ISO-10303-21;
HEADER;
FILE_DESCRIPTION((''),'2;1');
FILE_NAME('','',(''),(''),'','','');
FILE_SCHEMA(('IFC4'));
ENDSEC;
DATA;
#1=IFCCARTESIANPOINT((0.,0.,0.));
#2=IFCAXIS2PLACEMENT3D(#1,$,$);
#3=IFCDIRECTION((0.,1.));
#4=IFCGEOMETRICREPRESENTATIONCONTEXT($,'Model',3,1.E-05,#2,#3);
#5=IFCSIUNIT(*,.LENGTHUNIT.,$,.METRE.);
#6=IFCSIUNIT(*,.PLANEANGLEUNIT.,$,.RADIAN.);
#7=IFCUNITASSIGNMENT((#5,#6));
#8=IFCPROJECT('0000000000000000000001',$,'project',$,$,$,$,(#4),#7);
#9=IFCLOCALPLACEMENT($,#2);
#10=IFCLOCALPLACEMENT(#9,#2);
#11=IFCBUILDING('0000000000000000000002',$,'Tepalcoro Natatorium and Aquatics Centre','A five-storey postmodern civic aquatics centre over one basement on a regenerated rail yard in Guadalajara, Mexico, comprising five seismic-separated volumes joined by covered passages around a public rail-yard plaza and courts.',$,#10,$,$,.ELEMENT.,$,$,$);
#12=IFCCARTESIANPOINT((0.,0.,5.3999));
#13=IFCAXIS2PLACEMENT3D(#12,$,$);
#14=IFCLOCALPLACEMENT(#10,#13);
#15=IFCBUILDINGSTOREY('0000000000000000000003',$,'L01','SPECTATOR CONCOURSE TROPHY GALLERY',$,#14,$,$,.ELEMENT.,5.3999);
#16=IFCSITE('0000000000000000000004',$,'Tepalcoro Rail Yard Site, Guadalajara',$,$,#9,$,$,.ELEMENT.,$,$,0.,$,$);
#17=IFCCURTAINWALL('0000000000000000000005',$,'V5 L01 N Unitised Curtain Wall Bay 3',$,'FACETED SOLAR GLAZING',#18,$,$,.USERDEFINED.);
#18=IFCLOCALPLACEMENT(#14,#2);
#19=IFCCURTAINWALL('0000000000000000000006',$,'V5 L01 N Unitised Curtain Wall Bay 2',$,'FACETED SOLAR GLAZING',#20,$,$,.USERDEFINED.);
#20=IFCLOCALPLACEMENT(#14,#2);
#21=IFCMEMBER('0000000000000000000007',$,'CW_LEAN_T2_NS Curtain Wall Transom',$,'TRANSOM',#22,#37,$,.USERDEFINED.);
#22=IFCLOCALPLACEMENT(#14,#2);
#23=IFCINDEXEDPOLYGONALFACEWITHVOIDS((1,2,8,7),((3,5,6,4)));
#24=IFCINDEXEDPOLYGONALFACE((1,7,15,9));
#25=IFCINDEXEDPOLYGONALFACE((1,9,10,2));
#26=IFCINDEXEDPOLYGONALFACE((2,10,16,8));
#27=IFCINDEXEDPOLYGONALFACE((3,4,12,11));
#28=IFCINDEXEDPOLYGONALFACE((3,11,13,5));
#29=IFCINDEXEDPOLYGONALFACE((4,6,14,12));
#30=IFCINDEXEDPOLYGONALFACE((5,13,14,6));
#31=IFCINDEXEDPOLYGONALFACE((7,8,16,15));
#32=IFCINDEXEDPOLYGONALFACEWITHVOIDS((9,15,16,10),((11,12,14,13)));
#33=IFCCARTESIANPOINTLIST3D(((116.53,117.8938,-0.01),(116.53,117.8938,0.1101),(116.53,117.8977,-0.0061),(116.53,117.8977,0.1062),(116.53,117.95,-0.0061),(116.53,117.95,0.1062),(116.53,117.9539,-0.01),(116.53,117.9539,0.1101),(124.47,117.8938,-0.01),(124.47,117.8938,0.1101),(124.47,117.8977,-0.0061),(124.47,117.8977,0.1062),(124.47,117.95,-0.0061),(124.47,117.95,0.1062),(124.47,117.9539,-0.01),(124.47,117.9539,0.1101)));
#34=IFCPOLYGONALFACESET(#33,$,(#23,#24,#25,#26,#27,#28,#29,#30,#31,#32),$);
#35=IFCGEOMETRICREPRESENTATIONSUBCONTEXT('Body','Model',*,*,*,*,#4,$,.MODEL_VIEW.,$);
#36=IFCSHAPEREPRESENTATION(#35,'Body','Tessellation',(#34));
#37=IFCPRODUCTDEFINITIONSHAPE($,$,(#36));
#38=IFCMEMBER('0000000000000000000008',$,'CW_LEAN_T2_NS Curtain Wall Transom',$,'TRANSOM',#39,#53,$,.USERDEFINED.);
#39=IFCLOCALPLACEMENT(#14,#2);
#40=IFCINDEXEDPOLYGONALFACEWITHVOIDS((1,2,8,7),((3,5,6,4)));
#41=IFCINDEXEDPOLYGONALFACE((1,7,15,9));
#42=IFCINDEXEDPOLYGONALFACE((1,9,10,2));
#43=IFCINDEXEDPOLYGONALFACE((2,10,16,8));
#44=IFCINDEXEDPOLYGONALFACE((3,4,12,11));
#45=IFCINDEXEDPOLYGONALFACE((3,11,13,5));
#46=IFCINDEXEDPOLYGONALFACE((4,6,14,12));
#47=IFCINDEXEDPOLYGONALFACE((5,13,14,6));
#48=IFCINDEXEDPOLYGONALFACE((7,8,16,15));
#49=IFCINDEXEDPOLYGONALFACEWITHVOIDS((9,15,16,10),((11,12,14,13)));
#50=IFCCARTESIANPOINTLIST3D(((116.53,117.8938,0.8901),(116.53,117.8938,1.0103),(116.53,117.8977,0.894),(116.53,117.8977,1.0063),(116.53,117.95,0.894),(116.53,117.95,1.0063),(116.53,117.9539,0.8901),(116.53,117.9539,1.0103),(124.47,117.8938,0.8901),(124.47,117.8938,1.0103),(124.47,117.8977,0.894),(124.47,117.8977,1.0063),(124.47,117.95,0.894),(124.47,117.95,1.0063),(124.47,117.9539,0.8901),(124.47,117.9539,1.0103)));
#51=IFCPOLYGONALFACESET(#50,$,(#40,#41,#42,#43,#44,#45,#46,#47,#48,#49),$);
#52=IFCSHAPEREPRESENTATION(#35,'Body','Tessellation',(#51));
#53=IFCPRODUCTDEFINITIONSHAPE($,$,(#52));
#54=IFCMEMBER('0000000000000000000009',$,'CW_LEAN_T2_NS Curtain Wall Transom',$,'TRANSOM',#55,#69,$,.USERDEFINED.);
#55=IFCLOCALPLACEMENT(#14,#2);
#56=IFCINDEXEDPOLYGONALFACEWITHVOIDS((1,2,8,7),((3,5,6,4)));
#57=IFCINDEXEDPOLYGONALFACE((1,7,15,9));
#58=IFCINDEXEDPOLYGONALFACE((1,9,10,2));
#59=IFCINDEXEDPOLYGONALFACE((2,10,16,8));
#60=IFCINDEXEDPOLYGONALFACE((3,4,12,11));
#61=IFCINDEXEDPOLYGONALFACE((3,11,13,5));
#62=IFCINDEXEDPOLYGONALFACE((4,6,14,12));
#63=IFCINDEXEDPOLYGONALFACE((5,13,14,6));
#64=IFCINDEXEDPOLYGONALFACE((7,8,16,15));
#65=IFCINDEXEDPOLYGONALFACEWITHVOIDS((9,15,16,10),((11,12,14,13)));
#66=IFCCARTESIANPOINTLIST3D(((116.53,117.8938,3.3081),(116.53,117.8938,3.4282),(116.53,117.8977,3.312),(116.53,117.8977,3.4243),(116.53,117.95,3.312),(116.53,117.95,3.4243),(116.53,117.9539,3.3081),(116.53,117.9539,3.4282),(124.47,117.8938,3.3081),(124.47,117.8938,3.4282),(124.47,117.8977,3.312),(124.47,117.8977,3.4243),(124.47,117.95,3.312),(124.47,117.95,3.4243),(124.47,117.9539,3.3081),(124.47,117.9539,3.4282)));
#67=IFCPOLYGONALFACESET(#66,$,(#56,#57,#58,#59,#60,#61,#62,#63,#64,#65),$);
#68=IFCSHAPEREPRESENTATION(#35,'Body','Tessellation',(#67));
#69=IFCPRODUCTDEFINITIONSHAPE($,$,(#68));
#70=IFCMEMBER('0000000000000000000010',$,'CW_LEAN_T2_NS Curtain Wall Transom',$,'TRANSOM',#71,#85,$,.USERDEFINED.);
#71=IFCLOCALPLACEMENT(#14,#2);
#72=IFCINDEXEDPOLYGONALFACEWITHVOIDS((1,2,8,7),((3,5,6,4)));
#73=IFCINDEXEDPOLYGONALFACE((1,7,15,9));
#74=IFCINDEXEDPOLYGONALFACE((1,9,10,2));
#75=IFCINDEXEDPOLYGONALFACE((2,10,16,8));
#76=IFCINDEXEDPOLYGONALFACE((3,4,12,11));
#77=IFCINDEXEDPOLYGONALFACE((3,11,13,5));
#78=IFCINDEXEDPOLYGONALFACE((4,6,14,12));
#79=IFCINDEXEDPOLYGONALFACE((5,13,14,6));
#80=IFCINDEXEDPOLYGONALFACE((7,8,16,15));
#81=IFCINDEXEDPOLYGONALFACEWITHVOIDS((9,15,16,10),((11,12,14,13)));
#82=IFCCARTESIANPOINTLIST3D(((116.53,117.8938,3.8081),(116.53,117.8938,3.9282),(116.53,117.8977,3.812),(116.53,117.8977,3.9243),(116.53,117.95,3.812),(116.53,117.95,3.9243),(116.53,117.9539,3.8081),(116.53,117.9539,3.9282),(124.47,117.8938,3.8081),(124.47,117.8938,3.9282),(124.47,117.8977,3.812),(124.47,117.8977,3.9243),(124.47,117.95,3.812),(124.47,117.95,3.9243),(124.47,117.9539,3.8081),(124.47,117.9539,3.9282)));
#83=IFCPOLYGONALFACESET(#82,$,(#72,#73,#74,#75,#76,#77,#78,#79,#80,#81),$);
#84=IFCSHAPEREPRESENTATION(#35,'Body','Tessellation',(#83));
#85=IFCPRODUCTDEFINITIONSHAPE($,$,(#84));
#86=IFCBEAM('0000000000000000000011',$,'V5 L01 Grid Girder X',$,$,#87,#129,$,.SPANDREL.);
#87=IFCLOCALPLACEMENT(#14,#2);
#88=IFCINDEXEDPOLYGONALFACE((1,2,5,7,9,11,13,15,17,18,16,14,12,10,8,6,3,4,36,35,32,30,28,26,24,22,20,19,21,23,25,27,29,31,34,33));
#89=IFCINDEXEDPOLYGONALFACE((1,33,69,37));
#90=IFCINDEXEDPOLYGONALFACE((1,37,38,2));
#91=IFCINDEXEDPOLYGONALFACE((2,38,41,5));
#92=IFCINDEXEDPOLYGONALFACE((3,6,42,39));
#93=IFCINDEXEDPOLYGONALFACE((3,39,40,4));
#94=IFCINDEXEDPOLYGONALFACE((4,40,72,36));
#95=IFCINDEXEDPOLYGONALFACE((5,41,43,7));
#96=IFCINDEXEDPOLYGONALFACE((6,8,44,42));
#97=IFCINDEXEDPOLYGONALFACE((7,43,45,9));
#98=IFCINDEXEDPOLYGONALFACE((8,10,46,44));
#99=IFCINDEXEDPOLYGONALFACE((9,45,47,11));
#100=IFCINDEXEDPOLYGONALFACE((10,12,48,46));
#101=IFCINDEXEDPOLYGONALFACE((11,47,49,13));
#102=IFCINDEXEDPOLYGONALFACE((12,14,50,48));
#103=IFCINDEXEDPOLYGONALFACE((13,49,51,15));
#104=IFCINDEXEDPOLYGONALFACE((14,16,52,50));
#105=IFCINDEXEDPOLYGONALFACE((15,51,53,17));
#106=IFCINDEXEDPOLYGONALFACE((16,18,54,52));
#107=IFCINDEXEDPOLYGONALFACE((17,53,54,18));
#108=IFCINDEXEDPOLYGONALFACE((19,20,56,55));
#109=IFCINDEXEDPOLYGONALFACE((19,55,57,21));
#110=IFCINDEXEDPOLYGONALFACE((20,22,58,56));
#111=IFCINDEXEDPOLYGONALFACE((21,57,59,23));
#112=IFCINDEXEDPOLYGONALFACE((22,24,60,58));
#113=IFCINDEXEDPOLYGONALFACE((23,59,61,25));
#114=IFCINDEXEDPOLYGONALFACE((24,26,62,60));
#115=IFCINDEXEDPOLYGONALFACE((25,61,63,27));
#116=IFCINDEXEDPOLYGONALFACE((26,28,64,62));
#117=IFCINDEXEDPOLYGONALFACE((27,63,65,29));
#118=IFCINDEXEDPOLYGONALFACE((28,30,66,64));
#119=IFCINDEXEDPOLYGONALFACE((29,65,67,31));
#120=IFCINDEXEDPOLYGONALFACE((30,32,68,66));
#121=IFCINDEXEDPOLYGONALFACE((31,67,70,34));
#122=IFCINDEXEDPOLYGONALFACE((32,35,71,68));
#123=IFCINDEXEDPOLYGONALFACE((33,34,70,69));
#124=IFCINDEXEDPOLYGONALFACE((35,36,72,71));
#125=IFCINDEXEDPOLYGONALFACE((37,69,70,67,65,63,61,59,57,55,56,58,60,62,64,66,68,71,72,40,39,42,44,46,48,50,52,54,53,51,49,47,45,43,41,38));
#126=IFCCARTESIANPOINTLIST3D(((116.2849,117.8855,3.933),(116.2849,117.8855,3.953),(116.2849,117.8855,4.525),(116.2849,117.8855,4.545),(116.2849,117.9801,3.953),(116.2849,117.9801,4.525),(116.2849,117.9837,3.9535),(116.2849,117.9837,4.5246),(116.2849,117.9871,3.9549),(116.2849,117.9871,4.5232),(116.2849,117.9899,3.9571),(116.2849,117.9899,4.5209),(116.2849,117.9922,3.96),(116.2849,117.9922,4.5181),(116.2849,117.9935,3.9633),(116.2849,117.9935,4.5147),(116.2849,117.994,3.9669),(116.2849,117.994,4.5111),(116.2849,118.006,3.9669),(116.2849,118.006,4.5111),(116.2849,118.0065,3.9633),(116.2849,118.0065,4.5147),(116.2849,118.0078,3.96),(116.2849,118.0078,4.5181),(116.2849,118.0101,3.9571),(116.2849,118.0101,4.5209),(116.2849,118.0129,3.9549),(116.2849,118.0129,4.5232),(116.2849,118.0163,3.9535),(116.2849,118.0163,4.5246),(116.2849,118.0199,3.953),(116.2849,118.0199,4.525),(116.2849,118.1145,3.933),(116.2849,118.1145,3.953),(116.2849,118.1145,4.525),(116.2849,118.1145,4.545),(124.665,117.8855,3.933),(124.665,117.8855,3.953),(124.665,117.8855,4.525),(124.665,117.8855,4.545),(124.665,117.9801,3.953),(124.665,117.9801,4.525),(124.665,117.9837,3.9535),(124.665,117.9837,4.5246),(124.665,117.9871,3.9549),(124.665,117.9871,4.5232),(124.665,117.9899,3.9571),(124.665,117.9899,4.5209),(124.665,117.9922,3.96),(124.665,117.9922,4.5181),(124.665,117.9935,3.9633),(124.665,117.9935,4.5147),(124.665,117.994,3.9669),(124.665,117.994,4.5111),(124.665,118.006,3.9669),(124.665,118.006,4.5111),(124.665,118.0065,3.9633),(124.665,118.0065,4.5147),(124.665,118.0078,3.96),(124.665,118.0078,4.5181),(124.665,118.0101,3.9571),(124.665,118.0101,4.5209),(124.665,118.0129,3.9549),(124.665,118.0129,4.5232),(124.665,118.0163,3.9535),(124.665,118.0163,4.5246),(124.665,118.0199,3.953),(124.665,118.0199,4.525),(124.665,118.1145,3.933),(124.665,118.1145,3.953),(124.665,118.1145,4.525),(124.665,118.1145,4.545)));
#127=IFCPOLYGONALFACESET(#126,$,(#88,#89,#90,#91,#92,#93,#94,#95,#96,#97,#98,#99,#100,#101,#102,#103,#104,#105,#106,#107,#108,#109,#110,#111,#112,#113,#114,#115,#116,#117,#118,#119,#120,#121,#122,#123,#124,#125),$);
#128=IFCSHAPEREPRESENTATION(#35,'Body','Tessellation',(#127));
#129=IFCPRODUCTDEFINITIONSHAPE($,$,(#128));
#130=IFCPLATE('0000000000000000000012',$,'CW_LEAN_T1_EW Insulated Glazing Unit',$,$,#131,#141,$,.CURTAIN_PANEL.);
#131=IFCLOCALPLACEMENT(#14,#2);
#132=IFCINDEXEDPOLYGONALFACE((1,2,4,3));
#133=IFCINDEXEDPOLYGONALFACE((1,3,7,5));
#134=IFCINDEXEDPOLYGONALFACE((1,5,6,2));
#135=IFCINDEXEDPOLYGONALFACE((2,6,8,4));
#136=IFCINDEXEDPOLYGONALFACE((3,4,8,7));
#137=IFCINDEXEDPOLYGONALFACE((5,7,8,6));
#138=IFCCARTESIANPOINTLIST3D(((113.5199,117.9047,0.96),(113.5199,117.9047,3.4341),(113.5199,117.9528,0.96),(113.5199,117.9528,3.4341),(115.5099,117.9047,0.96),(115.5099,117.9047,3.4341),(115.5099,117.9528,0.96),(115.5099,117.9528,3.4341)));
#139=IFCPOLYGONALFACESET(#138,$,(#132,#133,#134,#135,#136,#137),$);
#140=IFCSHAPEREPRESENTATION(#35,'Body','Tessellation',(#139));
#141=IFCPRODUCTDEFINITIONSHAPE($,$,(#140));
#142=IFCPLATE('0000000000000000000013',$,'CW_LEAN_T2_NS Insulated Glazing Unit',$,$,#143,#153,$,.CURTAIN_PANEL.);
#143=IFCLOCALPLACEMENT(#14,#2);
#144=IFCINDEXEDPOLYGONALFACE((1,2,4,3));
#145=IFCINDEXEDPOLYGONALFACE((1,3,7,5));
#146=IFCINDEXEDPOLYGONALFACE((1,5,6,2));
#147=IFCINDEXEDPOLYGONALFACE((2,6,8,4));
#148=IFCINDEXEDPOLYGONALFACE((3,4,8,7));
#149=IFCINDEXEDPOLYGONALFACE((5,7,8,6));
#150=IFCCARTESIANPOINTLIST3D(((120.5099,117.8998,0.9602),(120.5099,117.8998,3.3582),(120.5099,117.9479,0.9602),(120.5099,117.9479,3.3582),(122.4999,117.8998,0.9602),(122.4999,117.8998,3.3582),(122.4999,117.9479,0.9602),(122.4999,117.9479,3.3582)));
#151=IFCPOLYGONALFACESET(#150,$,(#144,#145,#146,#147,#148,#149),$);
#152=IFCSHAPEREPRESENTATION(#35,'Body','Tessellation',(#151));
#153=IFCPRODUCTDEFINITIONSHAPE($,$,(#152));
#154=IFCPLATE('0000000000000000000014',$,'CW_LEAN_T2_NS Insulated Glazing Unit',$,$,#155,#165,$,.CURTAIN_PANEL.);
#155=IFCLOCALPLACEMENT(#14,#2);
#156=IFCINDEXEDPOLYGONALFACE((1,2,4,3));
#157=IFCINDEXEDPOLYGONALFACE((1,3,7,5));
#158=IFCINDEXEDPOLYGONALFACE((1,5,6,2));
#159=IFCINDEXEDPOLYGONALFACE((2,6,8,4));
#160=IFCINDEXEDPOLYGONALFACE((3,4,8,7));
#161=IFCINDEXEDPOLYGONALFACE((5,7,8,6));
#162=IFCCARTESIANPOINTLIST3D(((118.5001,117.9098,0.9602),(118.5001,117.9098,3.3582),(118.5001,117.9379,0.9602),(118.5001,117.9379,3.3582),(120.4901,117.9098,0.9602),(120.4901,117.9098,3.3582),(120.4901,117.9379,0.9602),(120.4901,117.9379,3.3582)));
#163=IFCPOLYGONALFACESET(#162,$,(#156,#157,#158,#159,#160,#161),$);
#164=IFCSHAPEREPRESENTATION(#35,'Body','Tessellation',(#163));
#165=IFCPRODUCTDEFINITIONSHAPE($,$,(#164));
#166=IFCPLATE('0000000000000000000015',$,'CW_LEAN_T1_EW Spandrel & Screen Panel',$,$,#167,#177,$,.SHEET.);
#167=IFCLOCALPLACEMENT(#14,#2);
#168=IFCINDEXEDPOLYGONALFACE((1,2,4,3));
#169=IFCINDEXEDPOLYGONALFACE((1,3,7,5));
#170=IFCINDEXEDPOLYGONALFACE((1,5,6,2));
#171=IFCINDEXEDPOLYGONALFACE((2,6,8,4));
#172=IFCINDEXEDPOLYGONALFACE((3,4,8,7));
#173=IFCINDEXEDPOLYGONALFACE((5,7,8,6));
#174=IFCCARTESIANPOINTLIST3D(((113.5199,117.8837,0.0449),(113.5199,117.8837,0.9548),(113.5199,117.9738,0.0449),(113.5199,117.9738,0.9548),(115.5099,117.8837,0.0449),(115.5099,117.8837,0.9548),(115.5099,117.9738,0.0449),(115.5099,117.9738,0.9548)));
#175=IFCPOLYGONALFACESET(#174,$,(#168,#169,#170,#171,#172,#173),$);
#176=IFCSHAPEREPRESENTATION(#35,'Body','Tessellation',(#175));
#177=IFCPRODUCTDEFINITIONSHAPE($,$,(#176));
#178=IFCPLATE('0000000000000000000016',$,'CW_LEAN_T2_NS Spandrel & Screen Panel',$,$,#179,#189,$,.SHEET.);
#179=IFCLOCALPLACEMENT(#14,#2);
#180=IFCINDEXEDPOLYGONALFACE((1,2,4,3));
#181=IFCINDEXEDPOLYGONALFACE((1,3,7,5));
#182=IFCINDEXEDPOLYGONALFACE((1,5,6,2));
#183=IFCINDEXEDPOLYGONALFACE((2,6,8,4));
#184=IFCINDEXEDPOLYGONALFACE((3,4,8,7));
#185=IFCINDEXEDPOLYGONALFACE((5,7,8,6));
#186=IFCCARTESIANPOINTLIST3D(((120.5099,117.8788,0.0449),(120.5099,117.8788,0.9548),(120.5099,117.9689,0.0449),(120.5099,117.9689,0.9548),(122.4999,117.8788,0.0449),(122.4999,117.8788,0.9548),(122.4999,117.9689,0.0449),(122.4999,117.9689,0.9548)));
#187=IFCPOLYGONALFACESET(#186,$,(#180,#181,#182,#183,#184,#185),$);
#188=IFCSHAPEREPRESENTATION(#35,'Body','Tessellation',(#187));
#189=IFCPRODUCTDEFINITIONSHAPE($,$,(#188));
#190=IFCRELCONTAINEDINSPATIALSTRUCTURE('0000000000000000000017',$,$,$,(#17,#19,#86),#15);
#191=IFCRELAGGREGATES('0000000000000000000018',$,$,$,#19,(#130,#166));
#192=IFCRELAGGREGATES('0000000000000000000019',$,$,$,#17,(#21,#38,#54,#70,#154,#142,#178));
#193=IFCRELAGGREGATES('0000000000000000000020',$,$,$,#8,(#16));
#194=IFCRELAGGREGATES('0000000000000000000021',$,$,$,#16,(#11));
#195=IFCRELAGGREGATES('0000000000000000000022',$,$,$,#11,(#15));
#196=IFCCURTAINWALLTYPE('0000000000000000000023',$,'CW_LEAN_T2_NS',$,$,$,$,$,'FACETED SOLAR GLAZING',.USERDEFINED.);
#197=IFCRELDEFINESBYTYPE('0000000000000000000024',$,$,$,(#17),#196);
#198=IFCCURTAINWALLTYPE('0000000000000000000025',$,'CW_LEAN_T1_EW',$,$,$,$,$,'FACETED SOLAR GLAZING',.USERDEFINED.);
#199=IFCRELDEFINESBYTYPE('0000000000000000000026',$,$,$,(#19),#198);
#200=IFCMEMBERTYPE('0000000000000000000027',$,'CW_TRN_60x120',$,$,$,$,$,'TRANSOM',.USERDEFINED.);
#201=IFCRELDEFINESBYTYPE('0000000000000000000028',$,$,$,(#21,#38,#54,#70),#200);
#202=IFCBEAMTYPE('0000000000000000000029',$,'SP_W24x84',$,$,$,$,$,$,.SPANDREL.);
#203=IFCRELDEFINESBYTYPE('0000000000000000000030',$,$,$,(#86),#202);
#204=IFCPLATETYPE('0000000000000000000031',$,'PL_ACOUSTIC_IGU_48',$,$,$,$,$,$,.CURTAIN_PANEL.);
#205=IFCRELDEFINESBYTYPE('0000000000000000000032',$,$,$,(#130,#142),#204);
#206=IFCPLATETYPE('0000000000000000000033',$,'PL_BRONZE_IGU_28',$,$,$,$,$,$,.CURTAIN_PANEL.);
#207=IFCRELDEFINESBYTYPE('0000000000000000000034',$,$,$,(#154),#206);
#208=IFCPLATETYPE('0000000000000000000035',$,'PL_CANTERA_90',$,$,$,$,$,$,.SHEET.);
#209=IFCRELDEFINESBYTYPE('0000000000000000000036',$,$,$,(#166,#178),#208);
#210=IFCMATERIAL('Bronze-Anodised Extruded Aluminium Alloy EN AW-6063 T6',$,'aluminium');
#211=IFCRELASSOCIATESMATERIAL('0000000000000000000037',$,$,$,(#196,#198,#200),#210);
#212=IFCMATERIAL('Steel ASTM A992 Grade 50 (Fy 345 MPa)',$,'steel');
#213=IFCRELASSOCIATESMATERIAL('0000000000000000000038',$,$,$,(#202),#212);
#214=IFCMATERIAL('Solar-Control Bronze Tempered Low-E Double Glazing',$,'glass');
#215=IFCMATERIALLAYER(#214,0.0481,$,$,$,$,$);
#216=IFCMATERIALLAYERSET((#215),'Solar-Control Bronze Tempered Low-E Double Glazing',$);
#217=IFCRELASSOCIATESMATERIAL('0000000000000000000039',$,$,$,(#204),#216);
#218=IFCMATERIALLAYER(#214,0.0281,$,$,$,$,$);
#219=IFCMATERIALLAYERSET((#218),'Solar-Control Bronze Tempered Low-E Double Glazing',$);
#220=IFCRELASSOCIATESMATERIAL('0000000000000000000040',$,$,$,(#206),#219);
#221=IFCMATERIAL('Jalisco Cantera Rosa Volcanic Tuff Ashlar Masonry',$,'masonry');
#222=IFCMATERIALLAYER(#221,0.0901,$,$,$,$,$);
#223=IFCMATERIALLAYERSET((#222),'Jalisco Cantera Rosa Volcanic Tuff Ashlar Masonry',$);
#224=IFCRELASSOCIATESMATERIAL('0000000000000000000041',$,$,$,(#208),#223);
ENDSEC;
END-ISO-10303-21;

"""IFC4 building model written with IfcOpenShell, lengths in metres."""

from ifc_helpers import new_model, si_unit, direction, frame, origin, origin_2d, place, context, subcontext, project, spatial, rectangle, hollow_rectangle, i_section, extrude, material, layer, layer_set, material_profile, profile_set, type_object, element, aggregate, save


model = new_model("IFC4")

# Units and contexts
model_context = context("Model", 3, precision=1e-05, world=origin(), true_north=direction((0.0, 1.0)))
body_context = subcontext(model_context, "Body", "Model", "MODEL_VIEW")
ifc_project = project(units=[si_unit("LENGTHUNIT", "METRE"), si_unit("PLANEANGLEUNIT", "RADIAN")], contexts=[model_context])

# Site, building, storey
site_placement = place(None, origin())
site = spatial("IfcSite", under=ifc_project, at=site_placement, Name="Tepalcoro Rail Yard Site, Guadalajara", CompositionType="ELEMENT", RefElevation=0.0)
building_placement = place(site_placement, origin())
building = spatial("IfcBuilding", under=site, at=building_placement, Name="Tepalcoro Natatorium and Aquatics Centre", Description="A five-storey postmodern civic aquatics centre over one basement on a regenerated rail yard in Guadalajara, Mexico, comprising five seismic-separated volumes joined by covered passages around a public rail-yard plaza and courts.", CompositionType="ELEMENT")
storey_placement = place(building_placement, frame((0.0, 0.0, 5.3999)))
storey = spatial("IfcBuildingStorey", under=building, at=storey_placement, Name="L01", Description="SPECTATOR CONCOURSE TROPHY GALLERY", CompositionType="ELEMENT", Elevation=5.3999)

# Shared definitions
ifc_material_1 = material(Name="Steel ASTM A992 Grade 50 (Fy 345 MPa)", Category="steel")

# Curtain walls
ifc_material_2 = material(Name="Bronze-Anodised Extruded Aluminium Alloy EN AW-6063 T6", Category="aluminium")
curtain_wall_type_1 = type_object("IfcCurtainWallType", Name="CW_LEAN_T2_NS", ElementType="FACETED SOLAR GLAZING", PredefinedType="USERDEFINED", material=ifc_material_2)
curtain_wall_1_placement = place(storey_placement, origin())
curtain_wall_1 = element("IfcCurtainWall", 1, at=curtain_wall_1_placement, inside=storey, type_object=curtain_wall_type_1, Name="V5 L01 N Unitised Curtain Wall Bay 3", ObjectType="FACETED SOLAR GLAZING", PredefinedType="USERDEFINED")
curtain_wall_type_2 = type_object("IfcCurtainWallType", Name="CW_LEAN_T1_EW", ElementType="FACETED SOLAR GLAZING", PredefinedType="USERDEFINED", material=ifc_material_2)
curtain_wall_2_placement = place(storey_placement, origin())
curtain_wall_2 = element("IfcCurtainWall", 2, at=curtain_wall_2_placement, inside=storey, type_object=curtain_wall_type_2, Name="V5 L01 N Unitised Curtain Wall Bay 2", ObjectType="FACETED SOLAR GLAZING", PredefinedType="USERDEFINED")

# Members
ifc_material_profile_1 = material_profile(ifc_material_2, hollow_rectangle(XDim=0.0601, YDim=0.1201, WallThickness=0.0039, at=origin_2d()), Name="AL60X120X4")
ifc_profile_set_1 = profile_set([ifc_material_profile_1], Name="Bronze-Anodised Extruded Aluminium Alloy EN AW-6063 T6")
member_type_1 = type_object("IfcMemberType", Name="CW_TRN_60x120", ElementType="TRANSOM", PredefinedType="USERDEFINED", material=ifc_profile_set_1)
member_1_placement = place(storey_placement, frame((116.53, 117.9238, 0.05), z_axis=(1.0, 0.0, 0.0), x_axis=(0.0, 1.0, 0.0)))
member_1 = element("IfcMember", 3, at=member_1_placement, type_object=member_type_1, Name="CW_LEAN_T2_NS Curtain Wall Transom", ObjectType="TRANSOM", PredefinedType="USERDEFINED", context=body_context, shape_type="SweptSolid", body=[
    extrude(hollow_rectangle(XDim=0.0601, YDim=0.1201, WallThickness=0.0039, at=origin_2d()), origin(), (0.0, 0.0, 1.0), 7.9399),
])
member_2_placement = place(storey_placement, frame((116.53, 117.9238, 0.9502), z_axis=(1.0, 0.0, 0.0), x_axis=(0.0, 1.0, 0.0)))
member_2 = element("IfcMember", 4, at=member_2_placement, type_object=member_type_1, Name="CW_LEAN_T2_NS Curtain Wall Transom", ObjectType="TRANSOM", PredefinedType="USERDEFINED", context=body_context, shape_type="SweptSolid", body=[
    extrude(hollow_rectangle(XDim=0.0601, YDim=0.1201, WallThickness=0.0039, at=origin_2d()), origin(), (0.0, 0.0, 1.0), 7.9399),
])
member_3_placement = place(storey_placement, frame((116.53, 117.9238, 3.3682), z_axis=(1.0, 0.0, 0.0), x_axis=(0.0, 1.0, 0.0)))
member_3 = element("IfcMember", 5, at=member_3_placement, type_object=member_type_1, Name="CW_LEAN_T2_NS Curtain Wall Transom", ObjectType="TRANSOM", PredefinedType="USERDEFINED", context=body_context, shape_type="SweptSolid", body=[
    extrude(hollow_rectangle(XDim=0.0601, YDim=0.1201, WallThickness=0.0039, at=origin_2d()), origin(), (0.0, 0.0, 1.0), 7.9399),
])
member_4_placement = place(storey_placement, frame((116.53, 117.9238, 3.8682), z_axis=(1.0, 0.0, 0.0), x_axis=(0.0, 1.0, 0.0)))
member_4 = element("IfcMember", 6, at=member_4_placement, type_object=member_type_1, Name="CW_LEAN_T2_NS Curtain Wall Transom", ObjectType="TRANSOM", PredefinedType="USERDEFINED", context=body_context, shape_type="SweptSolid", body=[
    extrude(hollow_rectangle(XDim=0.0601, YDim=0.1201, WallThickness=0.0039, at=origin_2d()), origin(), (0.0, 0.0, 1.0), 7.9399),
])

# Beam
ifc_material_profile_2 = material_profile(ifc_material_1, i_section(OverallWidth=0.229, OverallDepth=0.6121, WebThickness=0.012, FlangeThickness=0.02, FilletRadius=0.0139, at=origin_2d()), Name="W24X84")
ifc_profile_set_2 = profile_set([ifc_material_profile_2], Name="Steel ASTM A992 Grade 50 (Fy 345 MPa)")
beam_type_1 = type_object("IfcBeamType", Name="SP_W24x84", PredefinedType="SPANDREL", material=ifc_profile_set_2)
beam_1_placement = place(storey_placement, frame((116.2849, 118.0, 4.239), z_axis=(1.0, 0.0, 0.0), x_axis=(0.0, 1.0, 0.0)))
element("IfcBeam", 7, at=beam_1_placement, inside=storey, type_object=beam_type_1, Name="V5 L01 Grid Girder X", PredefinedType="SPANDREL", context=body_context, shape_type="SweptSolid", body=[
    extrude(i_section(OverallWidth=0.229, OverallDepth=0.6121, WebThickness=0.012, FlangeThickness=0.02, FilletRadius=0.0139, at=origin_2d()), origin(), (0.0, 0.0, 1.0), 8.3801),
])

# Plates
ifc_material_3 = material(Name="Solar-Control Bronze Tempered Low-E Double Glazing", Category="glass")
ifc_layer_1 = layer(ifc_material_3, 0.0481)
ifc_layer_set_1 = layer_set([ifc_layer_1], Name="Solar-Control Bronze Tempered Low-E Double Glazing")
plate_type_1 = type_object("IfcPlateType", Name="PL_ACOUSTIC_IGU_48", PredefinedType="CURTAIN_PANEL", material=ifc_layer_set_1)
plate_1_placement = place(storey_placement, frame((114.5149, 117.9287, 0.96), z_axis=(0.0, 0.0, 1.0), x_axis=(1.0, 0.0, 0.0)))
plate_1 = element("IfcPlate", 8, at=plate_1_placement, type_object=plate_type_1, Name="CW_LEAN_T1_EW Insulated Glazing Unit", PredefinedType="CURTAIN_PANEL", context=body_context, shape_type="SweptSolid", body=[
    extrude(rectangle(XDim=1.99, YDim=0.0481, at=origin_2d()), origin(), (0.0, 0.0, 1.0), 2.4741),
])
plate_2_placement = place(storey_placement, frame((121.5049, 117.9238, 0.9602), z_axis=(0.0, 0.0, 1.0), x_axis=(1.0, 0.0, 0.0)))
plate_2 = element("IfcPlate", 9, at=plate_2_placement, type_object=plate_type_1, Name="CW_LEAN_T2_NS Insulated Glazing Unit", PredefinedType="CURTAIN_PANEL", context=body_context, shape_type="SweptSolid", body=[
    extrude(rectangle(XDim=1.99, YDim=0.0481, at=origin_2d()), origin(), (0.0, 0.0, 1.0), 2.3979),
])
ifc_layer_2 = layer(ifc_material_3, 0.0281)
ifc_layer_set_2 = layer_set([ifc_layer_2], Name="Solar-Control Bronze Tempered Low-E Double Glazing")
plate_type_2 = type_object("IfcPlateType", Name="PL_BRONZE_IGU_28", PredefinedType="CURTAIN_PANEL", material=ifc_layer_set_2)
plate_3_placement = place(storey_placement, frame((119.4951, 117.9238, 0.9602), z_axis=(0.0, 0.0, 1.0), x_axis=(1.0, 0.0, 0.0)))
plate_3 = element("IfcPlate", 10, at=plate_3_placement, type_object=plate_type_2, Name="CW_LEAN_T2_NS Insulated Glazing Unit", PredefinedType="CURTAIN_PANEL", context=body_context, shape_type="SweptSolid", body=[
    extrude(rectangle(XDim=1.99, YDim=0.0281, at=origin_2d()), origin(), (0.0, 0.0, 1.0), 2.3979),
])
ifc_material_4 = material(Name="Jalisco Cantera Rosa Volcanic Tuff Ashlar Masonry", Category="masonry")
ifc_layer_3 = layer(ifc_material_4, 0.0901)
ifc_layer_set_3 = layer_set([ifc_layer_3], Name="Jalisco Cantera Rosa Volcanic Tuff Ashlar Masonry")
plate_type_3 = type_object("IfcPlateType", Name="PL_CANTERA_90", PredefinedType="SHEET", material=ifc_layer_set_3)
plate_4_placement = place(storey_placement, frame((114.5149, 117.9287, 0.0449), z_axis=(0.0, 0.0, 1.0), x_axis=(1.0, 0.0, 0.0)))
plate_4 = element("IfcPlate", 11, at=plate_4_placement, type_object=plate_type_3, Name="CW_LEAN_T1_EW Spandrel & Screen Panel", PredefinedType="SHEET", context=body_context, shape_type="SweptSolid", body=[
    extrude(rectangle(XDim=1.99, YDim=0.0901, at=origin_2d()), origin(), (0.0, 0.0, 1.0), 0.9099),
])
aggregate(curtain_wall_2, [plate_1, plate_4])
plate_5_placement = place(storey_placement, frame((121.5049, 117.9238, 0.0449), z_axis=(0.0, 0.0, 1.0), x_axis=(1.0, 0.0, 0.0)))
plate_5 = element("IfcPlate", 12, at=plate_5_placement, type_object=plate_type_3, Name="CW_LEAN_T2_NS Spandrel & Screen Panel", PredefinedType="SHEET", context=body_context, shape_type="SweptSolid", body=[
    extrude(rectangle(XDim=1.99, YDim=0.0901, at=origin_2d()), origin(), (0.0, 0.0, 1.0), 0.9099),
])
aggregate(curtain_wall_1, [member_1, member_2, member_3, member_4, plate_3, plate_2, plate_5])

save(model, "model.ifc")
